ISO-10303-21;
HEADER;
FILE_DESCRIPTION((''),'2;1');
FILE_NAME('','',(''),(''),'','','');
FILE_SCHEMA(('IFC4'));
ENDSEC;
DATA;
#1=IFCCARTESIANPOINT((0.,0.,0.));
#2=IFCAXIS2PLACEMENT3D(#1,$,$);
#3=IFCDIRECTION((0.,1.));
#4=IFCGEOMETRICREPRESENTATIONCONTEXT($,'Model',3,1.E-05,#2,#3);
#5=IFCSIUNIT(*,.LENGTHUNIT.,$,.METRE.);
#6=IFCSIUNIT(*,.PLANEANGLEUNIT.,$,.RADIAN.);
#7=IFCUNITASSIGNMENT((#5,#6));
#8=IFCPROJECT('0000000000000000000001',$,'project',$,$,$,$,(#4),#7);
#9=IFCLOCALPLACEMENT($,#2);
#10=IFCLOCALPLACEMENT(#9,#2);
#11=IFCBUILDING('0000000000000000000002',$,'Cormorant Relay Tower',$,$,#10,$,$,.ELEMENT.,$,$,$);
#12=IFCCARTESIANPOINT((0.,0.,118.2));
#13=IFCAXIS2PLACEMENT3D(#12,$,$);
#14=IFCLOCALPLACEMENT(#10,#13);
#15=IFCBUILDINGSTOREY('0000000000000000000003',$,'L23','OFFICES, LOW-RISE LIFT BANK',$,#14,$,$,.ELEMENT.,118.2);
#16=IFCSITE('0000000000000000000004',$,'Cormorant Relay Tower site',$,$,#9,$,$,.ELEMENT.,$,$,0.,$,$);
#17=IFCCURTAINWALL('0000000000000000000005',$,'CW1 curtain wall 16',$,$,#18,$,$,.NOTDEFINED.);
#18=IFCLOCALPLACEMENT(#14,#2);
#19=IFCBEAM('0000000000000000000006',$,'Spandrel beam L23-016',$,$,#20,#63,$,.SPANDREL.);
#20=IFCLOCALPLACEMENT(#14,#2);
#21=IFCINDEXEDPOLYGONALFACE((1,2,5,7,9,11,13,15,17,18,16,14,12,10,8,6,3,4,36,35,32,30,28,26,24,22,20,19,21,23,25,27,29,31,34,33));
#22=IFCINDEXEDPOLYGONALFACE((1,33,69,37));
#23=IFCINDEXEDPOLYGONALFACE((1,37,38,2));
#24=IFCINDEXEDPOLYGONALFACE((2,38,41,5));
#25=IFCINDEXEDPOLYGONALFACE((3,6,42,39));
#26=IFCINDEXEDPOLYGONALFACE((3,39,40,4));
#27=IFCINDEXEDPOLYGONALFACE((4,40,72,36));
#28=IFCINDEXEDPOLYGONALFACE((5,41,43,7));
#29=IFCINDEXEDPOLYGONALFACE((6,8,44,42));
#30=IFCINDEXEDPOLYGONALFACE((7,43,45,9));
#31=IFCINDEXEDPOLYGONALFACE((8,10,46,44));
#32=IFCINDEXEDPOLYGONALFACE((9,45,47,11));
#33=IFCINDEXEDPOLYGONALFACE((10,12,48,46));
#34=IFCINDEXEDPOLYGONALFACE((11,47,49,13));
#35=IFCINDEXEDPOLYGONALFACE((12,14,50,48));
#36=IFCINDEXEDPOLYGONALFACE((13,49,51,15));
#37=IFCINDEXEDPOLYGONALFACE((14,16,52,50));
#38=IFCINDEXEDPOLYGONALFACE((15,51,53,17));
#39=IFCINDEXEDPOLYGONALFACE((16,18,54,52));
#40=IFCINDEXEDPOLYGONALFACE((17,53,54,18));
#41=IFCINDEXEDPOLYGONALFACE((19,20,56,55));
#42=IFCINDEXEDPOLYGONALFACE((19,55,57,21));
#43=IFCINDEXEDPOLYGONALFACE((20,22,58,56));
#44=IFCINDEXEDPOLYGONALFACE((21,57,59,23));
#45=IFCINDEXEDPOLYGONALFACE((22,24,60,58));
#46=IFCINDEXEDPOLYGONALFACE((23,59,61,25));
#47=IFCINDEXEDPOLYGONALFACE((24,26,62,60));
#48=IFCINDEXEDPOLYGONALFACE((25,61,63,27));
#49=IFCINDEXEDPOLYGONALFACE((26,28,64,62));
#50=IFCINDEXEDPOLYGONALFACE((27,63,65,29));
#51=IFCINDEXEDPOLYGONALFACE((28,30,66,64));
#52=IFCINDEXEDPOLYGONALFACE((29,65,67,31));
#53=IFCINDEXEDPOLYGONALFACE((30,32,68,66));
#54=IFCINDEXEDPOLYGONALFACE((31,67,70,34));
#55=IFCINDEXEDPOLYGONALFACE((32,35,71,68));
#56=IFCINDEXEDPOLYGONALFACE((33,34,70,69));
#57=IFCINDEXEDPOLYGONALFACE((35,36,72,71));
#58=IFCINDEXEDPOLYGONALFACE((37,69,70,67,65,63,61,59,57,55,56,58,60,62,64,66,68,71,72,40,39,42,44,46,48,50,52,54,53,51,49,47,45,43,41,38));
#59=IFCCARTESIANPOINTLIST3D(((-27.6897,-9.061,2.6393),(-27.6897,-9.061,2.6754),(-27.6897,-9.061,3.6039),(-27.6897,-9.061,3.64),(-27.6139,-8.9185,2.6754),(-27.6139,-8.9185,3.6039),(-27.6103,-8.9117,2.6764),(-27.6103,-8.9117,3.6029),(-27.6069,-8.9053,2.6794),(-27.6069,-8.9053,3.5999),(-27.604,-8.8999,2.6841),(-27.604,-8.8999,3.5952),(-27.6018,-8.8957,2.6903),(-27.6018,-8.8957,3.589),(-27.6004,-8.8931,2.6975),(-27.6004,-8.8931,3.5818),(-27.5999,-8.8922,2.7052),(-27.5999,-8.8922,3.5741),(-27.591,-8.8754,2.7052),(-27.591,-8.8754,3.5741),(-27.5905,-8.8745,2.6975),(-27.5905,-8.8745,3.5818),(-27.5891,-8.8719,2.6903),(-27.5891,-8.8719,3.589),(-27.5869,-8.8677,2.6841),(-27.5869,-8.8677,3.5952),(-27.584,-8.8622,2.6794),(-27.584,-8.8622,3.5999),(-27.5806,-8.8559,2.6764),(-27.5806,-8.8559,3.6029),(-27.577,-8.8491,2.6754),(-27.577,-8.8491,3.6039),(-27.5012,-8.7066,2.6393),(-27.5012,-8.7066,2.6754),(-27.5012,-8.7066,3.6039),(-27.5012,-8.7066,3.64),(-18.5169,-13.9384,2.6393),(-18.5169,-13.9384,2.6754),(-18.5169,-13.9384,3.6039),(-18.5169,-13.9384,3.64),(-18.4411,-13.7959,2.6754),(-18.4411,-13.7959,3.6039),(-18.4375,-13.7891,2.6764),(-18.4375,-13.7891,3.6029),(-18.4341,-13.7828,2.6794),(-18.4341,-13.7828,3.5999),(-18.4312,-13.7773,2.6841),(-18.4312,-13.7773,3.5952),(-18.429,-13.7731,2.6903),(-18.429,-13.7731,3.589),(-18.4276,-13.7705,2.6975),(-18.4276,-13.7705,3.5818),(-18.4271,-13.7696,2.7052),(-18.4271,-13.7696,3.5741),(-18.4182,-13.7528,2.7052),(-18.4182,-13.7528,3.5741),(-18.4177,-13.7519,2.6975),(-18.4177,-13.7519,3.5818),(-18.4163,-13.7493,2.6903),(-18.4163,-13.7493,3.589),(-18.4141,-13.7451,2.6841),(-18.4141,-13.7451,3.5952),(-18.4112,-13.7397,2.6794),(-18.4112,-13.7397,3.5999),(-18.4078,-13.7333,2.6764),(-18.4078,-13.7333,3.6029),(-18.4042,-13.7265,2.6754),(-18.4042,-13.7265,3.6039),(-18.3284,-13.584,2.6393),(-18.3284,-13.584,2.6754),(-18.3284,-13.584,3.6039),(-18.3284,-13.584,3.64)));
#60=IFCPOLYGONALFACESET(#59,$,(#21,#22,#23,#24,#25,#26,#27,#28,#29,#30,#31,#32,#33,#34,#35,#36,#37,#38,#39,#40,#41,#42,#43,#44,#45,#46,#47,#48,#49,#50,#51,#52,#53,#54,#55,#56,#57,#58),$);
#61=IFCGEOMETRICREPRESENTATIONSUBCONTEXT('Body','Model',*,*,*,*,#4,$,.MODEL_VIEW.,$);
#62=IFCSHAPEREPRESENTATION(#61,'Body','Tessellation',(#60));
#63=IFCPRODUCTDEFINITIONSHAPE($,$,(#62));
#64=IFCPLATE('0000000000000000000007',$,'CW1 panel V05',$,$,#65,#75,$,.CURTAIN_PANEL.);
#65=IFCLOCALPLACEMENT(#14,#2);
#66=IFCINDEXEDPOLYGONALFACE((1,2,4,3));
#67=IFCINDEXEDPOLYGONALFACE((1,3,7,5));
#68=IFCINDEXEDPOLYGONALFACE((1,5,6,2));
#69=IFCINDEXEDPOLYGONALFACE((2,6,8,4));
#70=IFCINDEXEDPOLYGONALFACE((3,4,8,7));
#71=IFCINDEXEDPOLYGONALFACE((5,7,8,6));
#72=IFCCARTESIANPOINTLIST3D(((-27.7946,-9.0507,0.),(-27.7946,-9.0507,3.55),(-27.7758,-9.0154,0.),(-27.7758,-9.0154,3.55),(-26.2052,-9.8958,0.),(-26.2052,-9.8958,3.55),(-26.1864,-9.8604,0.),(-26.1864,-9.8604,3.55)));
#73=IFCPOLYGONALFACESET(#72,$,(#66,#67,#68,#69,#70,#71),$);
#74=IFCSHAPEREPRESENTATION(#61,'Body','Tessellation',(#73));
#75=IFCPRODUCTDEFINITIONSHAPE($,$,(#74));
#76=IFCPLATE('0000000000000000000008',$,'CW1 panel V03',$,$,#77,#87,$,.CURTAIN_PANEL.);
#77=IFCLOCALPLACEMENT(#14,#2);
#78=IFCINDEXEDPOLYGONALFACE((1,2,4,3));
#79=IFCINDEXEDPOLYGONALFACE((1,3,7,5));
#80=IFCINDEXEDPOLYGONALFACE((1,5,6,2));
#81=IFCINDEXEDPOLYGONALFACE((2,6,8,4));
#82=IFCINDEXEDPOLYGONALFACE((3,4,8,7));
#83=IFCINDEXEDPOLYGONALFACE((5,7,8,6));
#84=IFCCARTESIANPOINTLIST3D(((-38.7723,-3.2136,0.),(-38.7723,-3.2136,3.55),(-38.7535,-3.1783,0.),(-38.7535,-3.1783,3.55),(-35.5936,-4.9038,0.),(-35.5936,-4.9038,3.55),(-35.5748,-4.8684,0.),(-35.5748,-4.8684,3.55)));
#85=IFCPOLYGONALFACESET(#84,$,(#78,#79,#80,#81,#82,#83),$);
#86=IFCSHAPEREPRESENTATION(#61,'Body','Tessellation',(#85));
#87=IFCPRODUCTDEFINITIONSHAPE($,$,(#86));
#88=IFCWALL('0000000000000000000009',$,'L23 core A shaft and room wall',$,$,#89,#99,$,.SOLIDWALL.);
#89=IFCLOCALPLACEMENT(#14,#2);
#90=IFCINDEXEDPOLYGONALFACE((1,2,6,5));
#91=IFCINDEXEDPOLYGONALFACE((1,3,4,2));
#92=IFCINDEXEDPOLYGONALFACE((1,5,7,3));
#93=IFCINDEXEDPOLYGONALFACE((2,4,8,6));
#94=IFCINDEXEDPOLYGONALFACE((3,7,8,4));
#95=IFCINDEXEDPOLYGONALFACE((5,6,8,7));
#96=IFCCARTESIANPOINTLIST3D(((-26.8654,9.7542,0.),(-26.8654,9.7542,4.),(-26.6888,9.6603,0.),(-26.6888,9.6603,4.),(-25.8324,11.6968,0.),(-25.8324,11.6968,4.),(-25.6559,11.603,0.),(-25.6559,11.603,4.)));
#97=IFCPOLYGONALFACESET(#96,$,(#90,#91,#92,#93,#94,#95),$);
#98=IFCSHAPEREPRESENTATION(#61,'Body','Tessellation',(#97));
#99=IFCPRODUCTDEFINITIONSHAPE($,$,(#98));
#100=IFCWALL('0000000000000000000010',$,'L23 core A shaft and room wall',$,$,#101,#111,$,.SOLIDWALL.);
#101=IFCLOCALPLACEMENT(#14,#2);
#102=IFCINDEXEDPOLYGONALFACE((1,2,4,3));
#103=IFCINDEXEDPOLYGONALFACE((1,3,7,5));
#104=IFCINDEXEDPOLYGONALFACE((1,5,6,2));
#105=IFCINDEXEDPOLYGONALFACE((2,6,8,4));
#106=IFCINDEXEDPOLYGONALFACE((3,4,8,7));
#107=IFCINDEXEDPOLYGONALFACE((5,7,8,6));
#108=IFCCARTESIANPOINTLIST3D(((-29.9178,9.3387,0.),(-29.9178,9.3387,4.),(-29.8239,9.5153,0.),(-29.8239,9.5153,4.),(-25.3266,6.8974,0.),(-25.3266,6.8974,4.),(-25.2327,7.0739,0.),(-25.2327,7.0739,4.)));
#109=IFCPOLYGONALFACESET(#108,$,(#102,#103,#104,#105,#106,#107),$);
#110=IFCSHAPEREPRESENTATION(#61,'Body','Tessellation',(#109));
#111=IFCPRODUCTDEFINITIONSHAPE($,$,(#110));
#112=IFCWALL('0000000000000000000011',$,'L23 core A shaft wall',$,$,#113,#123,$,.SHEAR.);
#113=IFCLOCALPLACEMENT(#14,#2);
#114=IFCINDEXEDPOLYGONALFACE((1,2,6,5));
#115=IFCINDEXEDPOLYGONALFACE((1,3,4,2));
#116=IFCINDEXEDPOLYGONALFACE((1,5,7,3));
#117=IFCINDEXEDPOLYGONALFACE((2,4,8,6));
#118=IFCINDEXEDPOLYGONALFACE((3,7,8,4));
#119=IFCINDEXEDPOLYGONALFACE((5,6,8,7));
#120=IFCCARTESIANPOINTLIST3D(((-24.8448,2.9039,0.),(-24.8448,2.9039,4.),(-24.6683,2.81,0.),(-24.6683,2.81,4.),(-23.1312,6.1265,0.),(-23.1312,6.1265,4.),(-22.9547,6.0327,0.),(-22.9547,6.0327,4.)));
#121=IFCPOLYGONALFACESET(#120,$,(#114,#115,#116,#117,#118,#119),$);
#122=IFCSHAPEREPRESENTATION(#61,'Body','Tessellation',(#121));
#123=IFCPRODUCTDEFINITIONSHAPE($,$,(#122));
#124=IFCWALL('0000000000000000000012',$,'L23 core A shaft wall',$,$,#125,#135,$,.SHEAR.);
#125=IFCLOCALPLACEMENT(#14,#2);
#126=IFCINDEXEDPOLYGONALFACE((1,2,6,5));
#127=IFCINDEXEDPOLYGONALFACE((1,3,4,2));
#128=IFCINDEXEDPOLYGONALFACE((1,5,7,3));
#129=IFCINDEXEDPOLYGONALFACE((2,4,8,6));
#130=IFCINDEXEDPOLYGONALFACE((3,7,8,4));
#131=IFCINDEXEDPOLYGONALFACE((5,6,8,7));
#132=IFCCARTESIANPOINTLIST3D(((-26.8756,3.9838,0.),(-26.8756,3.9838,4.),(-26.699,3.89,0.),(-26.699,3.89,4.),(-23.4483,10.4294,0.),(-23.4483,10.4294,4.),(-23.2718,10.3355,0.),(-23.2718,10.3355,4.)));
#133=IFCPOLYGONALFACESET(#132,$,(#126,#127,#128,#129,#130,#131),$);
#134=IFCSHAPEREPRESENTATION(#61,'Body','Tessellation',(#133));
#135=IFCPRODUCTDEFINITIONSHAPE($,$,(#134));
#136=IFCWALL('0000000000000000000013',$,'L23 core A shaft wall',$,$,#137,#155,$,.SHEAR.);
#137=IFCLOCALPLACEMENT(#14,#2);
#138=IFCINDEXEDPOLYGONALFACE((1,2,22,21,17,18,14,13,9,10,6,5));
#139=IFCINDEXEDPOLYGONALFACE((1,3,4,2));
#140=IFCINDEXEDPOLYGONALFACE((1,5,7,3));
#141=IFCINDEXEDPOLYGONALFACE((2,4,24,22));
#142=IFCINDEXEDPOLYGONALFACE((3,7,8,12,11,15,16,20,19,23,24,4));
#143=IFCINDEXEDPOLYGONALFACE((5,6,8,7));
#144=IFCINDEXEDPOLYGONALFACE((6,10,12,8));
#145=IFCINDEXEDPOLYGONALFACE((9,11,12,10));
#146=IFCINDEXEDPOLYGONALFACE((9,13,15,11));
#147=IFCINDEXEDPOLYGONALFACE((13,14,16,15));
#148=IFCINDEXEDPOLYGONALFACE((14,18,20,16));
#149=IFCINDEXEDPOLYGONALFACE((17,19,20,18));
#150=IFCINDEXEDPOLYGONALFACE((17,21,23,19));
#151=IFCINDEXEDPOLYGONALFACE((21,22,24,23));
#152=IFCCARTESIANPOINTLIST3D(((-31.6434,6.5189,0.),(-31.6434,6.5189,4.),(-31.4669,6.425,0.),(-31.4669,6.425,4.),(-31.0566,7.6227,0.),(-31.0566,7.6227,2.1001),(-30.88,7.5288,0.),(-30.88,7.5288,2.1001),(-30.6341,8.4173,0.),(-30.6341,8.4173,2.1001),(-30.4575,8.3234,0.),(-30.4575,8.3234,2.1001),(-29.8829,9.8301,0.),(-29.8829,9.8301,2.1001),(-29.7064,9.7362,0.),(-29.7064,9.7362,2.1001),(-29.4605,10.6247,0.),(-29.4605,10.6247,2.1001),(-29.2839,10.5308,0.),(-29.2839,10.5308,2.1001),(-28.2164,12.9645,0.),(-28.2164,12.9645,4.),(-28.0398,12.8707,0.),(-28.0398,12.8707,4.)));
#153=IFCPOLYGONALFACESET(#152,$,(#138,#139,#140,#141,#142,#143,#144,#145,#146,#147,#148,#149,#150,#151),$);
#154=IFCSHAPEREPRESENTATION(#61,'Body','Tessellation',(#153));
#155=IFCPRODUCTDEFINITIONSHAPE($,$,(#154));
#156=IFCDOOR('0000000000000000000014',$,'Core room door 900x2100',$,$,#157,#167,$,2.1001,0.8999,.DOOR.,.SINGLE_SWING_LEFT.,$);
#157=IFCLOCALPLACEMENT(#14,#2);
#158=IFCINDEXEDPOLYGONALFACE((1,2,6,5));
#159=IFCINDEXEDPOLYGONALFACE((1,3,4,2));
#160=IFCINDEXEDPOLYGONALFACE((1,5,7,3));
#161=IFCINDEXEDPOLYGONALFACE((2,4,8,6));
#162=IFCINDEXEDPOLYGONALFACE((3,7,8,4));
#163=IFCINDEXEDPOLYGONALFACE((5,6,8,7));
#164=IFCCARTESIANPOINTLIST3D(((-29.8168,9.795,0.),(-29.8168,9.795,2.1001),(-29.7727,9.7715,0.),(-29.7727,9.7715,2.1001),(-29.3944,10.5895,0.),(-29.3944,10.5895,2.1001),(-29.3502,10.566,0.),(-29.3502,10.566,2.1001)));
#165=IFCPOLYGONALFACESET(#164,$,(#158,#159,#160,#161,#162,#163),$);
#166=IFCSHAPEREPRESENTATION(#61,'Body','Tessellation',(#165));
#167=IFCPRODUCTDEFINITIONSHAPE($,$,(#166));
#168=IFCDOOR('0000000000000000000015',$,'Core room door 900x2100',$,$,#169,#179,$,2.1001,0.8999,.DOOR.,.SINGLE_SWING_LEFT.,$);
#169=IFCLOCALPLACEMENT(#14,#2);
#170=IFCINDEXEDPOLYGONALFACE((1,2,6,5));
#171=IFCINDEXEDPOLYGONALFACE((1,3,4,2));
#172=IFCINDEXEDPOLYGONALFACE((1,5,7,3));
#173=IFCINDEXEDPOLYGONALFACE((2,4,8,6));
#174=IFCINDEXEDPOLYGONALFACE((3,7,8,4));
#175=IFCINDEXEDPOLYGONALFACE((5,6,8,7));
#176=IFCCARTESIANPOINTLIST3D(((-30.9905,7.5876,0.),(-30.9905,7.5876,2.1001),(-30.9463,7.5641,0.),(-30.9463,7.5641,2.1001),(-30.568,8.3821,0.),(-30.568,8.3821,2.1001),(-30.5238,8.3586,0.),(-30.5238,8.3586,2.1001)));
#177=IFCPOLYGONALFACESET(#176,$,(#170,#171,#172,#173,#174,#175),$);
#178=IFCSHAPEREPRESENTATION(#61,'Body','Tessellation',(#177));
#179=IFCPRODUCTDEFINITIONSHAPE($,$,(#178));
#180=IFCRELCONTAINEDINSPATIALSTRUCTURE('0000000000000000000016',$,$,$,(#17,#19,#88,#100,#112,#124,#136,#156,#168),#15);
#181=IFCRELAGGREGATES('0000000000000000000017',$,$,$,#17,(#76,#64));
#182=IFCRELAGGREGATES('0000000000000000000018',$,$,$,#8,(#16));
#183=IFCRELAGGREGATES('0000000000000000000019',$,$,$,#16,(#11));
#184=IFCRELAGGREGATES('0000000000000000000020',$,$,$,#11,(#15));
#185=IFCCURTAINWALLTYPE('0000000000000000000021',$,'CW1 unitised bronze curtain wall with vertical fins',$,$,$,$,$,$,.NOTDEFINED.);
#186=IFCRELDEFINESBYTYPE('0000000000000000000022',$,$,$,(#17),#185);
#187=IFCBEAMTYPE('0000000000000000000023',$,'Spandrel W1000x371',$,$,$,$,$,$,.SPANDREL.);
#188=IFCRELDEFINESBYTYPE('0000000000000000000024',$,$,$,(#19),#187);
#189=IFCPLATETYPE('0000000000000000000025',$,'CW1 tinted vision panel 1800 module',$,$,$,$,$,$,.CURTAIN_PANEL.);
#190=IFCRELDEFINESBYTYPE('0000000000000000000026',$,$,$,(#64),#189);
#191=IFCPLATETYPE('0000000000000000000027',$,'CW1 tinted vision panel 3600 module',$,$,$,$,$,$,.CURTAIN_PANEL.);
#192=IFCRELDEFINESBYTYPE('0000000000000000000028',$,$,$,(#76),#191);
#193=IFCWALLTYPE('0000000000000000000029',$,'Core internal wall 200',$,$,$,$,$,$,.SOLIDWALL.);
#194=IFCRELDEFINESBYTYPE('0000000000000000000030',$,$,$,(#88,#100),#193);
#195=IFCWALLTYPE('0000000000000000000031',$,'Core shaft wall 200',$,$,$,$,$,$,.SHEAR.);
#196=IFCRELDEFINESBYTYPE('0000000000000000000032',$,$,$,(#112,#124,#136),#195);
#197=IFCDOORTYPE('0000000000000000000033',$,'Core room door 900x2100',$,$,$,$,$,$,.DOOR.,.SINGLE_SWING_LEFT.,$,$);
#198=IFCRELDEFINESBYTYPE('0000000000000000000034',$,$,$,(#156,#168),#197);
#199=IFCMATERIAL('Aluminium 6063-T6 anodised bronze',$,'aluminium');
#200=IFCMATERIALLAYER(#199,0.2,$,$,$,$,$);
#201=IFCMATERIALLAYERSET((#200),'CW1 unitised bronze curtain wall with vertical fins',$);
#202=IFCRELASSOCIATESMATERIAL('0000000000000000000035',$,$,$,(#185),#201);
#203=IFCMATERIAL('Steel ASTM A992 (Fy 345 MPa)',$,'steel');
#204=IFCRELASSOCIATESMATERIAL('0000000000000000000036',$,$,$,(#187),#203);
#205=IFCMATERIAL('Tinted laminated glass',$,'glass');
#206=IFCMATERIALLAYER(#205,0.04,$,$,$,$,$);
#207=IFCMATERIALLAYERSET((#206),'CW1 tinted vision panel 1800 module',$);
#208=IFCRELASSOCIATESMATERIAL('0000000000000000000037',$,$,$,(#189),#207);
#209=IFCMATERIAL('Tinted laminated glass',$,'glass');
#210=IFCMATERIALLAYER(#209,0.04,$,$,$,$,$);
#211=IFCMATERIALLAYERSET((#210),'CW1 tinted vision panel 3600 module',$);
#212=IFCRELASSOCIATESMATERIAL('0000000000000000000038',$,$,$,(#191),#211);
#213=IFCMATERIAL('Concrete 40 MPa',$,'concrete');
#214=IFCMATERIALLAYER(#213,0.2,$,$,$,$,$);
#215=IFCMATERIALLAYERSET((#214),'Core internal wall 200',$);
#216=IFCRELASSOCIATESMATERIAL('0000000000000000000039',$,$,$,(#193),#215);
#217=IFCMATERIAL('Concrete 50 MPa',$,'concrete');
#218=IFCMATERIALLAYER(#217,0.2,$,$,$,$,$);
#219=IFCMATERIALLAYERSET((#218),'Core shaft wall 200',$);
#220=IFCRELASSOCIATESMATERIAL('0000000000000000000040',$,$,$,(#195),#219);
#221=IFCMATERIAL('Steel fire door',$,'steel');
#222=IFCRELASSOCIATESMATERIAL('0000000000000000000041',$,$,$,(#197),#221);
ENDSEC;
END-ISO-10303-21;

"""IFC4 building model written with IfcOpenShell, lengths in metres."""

from ifc_helpers import new_model, si_unit, direction, frame, frame_2d, origin, origin_2d, place, context, subcontext, project, spatial, rectangle, i_section, extrude, material, layer, layer_set, material_profile, profile_set, type_object, element, fill, aggregate, save


model = new_model("IFC4")

# Units and contexts
model_context = context("Model", 3, precision=1e-05, world=origin(), true_north=direction((0.0, 1.0)))
body_context = subcontext(model_context, "Body", "Model", "MODEL_VIEW")
ifc_project = project(units=[si_unit("LENGTHUNIT", "METRE"), si_unit("PLANEANGLEUNIT", "RADIAN")], contexts=[model_context])

# Site, building, storey
site_placement = place(None, origin())
site = spatial("IfcSite", under=ifc_project, at=site_placement, Name="Cormorant Relay Tower site", CompositionType="ELEMENT", RefElevation=0.0)
building_placement = place(site_placement, origin())
building = spatial("IfcBuilding", under=site, at=building_placement, Name="Cormorant Relay Tower", CompositionType="ELEMENT")
storey_placement = place(building_placement, frame((0.0, 0.0, 118.2)))
storey = spatial("IfcBuildingStorey", under=building, at=storey_placement, Name="L23", Description="OFFICES, LOW-RISE LIFT BANK", CompositionType="ELEMENT", Elevation=118.2)

# Curtain wall
ifc_material_1 = material(Name="Aluminium 6063-T6 anodised bronze", Category="aluminium")
ifc_layer_1 = layer(ifc_material_1, 0.2)
ifc_layer_set_1 = layer_set([ifc_layer_1], Name="CW1 unitised bronze curtain wall with vertical fins")
curtain_wall_type = type_object("IfcCurtainWallType", Name="CW1 unitised bronze curtain wall with vertical fins", PredefinedType="NOTDEFINED", material=ifc_layer_set_1)
curtain_wall_placement = place(storey_placement, origin())
curtain_wall = element("IfcCurtainWall", 1, at=curtain_wall_placement, inside=storey, type_object=curtain_wall_type, Name="CW1 curtain wall 16", PredefinedType="NOTDEFINED")

# Beam
ifc_material_2 = material(Name="Steel ASTM A992 (Fy 345 MPa)", Category="steel")
ifc_material_profile_1 = material_profile(ifc_material_2, i_section(OverallWidth=0.4014, OverallDepth=1.0007, WebThickness=0.019, FlangeThickness=0.0361, FilletRadius=0.0298, at=origin_2d()), Name="W1000x371")
ifc_profile_set_1 = profile_set([ifc_material_profile_1], Name="Steel ASTM A992 (Fy 345 MPa)")
beam_type = type_object("IfcBeamType", Name="Spandrel W1000x371", PredefinedType="SPANDREL", material=ifc_profile_set_1)
beam_placement = place(storey_placement, frame((-27.5955, -8.8838, 3.1396), z_axis=(0.882942, -0.469483, 0.0), x_axis=(0.469483, 0.882942, 0.0)))
element("IfcBeam", 2, at=beam_placement, inside=storey, type_object=beam_type, Name="Spandrel beam L23-016", PredefinedType="SPANDREL", context=body_context, shape_type="SweptSolid", body=[
    extrude(i_section(OverallWidth=0.4014, OverallDepth=1.0007, WebThickness=0.019, FlangeThickness=0.0361, FilletRadius=0.0298, at=origin_2d()), origin(), (0.0, 0.0, 1.0), 10.3889),
])

# Plates
ifc_material_3 = material(Name="Tinted laminated glass", Category="glass")
ifc_layer_2 = layer(ifc_material_3, 0.04)
ifc_layer_set_2 = layer_set([ifc_layer_2], Name="CW1 tinted vision panel 1800 module")
plate_type_1 = type_object("IfcPlateType", Name="CW1 tinted vision panel 1800 module", PredefinedType="CURTAIN_PANEL", material=ifc_layer_set_2)
plate_1_placement = place(storey_placement, frame((-26.9905, -9.4556, 0.0), z_axis=(0.0, 0.0, 1.0), x_axis=(0.882948, -0.469472, 0.0)))
plate_1 = element("IfcPlate", 3, at=plate_1_placement, type_object=plate_type_1, Name="CW1 panel V05", PredefinedType="CURTAIN_PANEL", context=body_context, shape_type="SweptSolid", body=[
    extrude(rectangle(XDim=1.8, YDim=0.04, at=origin_2d()), origin(), (0.0, 0.0, 1.0), 3.55),
])
ifc_material_4 = material(Name="Tinted laminated glass", Category="glass")
ifc_layer_3 = layer(ifc_material_4, 0.04)
ifc_layer_set_3 = layer_set([ifc_layer_3], Name="CW1 tinted vision panel 3600 module")
plate_type_2 = type_object("IfcPlateType", Name="CW1 tinted vision panel 3600 module", PredefinedType="CURTAIN_PANEL", material=ifc_layer_set_3)
plate_2_placement = place(storey_placement, frame((-37.1736, -4.041, 0.0), z_axis=(0.0, 0.0, 1.0), x_axis=(0.882948, -0.469472, 0.0)))
plate_2 = element("IfcPlate", 4, at=plate_2_placement, type_object=plate_type_2, Name="CW1 panel V03", PredefinedType="CURTAIN_PANEL", context=body_context, shape_type="SweptSolid", body=[
    extrude(rectangle(XDim=3.6001, YDim=0.04, at=origin_2d()), origin(), (0.0, 0.0, 1.0), 3.55),
])

# Walls
ifc_material_5 = material(Name="Concrete 40 MPa", Category="concrete")
ifc_layer_4 = layer(ifc_material_5, 0.2)
ifc_layer_set_4 = layer_set([ifc_layer_4], Name="Core internal wall 200")
wall_type_1 = type_object("IfcWallType", Name="Core internal wall 200", PredefinedType="SOLIDWALL", material=ifc_layer_set_4)
wall_1_placement = place(storey_placement, frame((-25.7441, 11.6499, 0.0), z_axis=(0.0, 0.0, 1.0), x_axis=(-0.469488, -0.882939, 0.0)))
element("IfcWall", 5, at=wall_1_placement, inside=storey, type_object=wall_type_1, Name="L23 core A shaft and room wall", PredefinedType="SOLIDWALL", context=body_context, shape_type="SweptSolid", body=[
    extrude(rectangle(XDim=2.2002, YDim=0.2, at=frame_2d((1.1001, 0.0))), origin(), (0.0, 0.0, 1.0), 4.0),
])
wall_2_placement = place(storey_placement, frame((-25.2795, 6.9856, 0.0), z_axis=(0.0, 0.0, 1.0), x_axis=(-0.882935, 0.469496, 0.0)))
element("IfcWall", 6, at=wall_2_placement, inside=storey, type_object=wall_type_1, Name="L23 core A shaft and room wall", PredefinedType="SOLIDWALL", context=body_context, shape_type="SweptSolid", body=[
    extrude(rectangle(XDim=5.2, YDim=0.2, at=frame_2d((2.6001, 0.0))), origin(), (0.0, 0.0, 1.0), 4.0),
])
ifc_material_6 = material(Name="Concrete 50 MPa", Category="concrete")
ifc_layer_5 = layer(ifc_material_6, 0.2)
ifc_layer_set_5 = layer_set([ifc_layer_5], Name="Core shaft wall 200")
wall_type_2 = type_object("IfcWallType", Name="Core shaft wall 200", PredefinedType="SHEAR", material=ifc_layer_set_5)
wall_3_placement = place(storey_placement, frame((-23.043, 6.0796, 0.0), z_axis=(0.0, 0.0, 1.0), x_axis=(-0.469494, -0.882936, 0.0)))
element("IfcWall", 7, at=wall_3_placement, inside=storey, type_object=wall_type_2, Name="L23 core A shaft wall", PredefinedType="SHEAR", context=body_context, shape_type="SweptSolid", body=[
    extrude(rectangle(XDim=3.6499, YDim=0.2, at=frame_2d((1.825, 0.0))), origin(), (0.0, 0.0, 1.0), 4.0),
])
wall_4_placement = place(storey_placement, frame((-23.3601, 10.3823, 0.0), z_axis=(0.0, 0.0, 1.0), x_axis=(-0.46948, -0.882943, 0.0)))
element("IfcWall", 8, at=wall_4_placement, inside=storey, type_object=wall_type_2, Name="L23 core A shaft wall", PredefinedType="SHEAR", context=body_context, shape_type="SweptSolid", body=[
    extrude(rectangle(XDim=7.3, YDim=0.2, at=frame_2d((3.6499, 0.0))), origin(), (0.0, 0.0, 1.0), 4.0),
])

# Wall, openings, doors
wall_5_placement = place(storey_placement, frame((-28.1282, 12.9175, 0.0), z_axis=(0.0, 0.0, 1.0), x_axis=(-0.469454, -0.882957, 0.0)))
wall_5 = element("IfcWall", 9, at=wall_5_placement, inside=storey, type_object=wall_type_2, Name="L23 core A shaft wall", PredefinedType="SHEAR", context=body_context, shape_type="SweptSolid", body=[
    extrude(rectangle(XDim=7.3, YDim=0.2, at=frame_2d((3.6499, 0.0))), origin(), (0.0, 0.0, 1.0), 4.0),
])
opening_1_placement = place(wall_5_placement, frame((2.6499, 0.0, 0.0)))
opening_1 = element("IfcOpeningElement", 10, at=opening_1_placement, cuts=wall_5, PredefinedType="OPENING", context=body_context, shape_type="SweptSolid", body=[
    extrude(rectangle(XDim=0.8999, YDim=2.1001, at=frame_2d((0.45, 1.05))), frame((0.0, 0.1099, 0.0), z_axis=(0.0, -1.0, 0.0), x_axis=(1.0, 0.0, 0.0)), (0.0, 0.0, 1.0), 0.22),
])
opening_2_placement = place(wall_5_placement, frame((5.1499, 0.0, 0.0)))
opening_2 = element("IfcOpeningElement", 11, at=opening_2_placement, cuts=wall_5, PredefinedType="OPENING", context=body_context, shape_type="SweptSolid", body=[
    extrude(rectangle(XDim=0.8999, YDim=2.1001, at=frame_2d((0.45, 1.05))), frame((0.0, 0.1099, 0.0), z_axis=(0.0, -1.0, 0.0), x_axis=(1.0, 0.0, 0.0)), (0.0, 0.0, 1.0), 0.22),
])
ifc_material_7 = material(Name="Steel fire door", Category="steel")
door_type = type_object("IfcDoorType", Name="Core room door 900x2100", OperationType="SINGLE_SWING_LEFT", PredefinedType="DOOR", material=ifc_material_7)
door_1_placement = place(opening_1_placement, origin())
door_1 = element("IfcDoor", 12, at=door_1_placement, inside=storey, type_object=door_type, Name="Core room door 900x2100", OperationType="SINGLE_SWING_LEFT", OverallHeight=2.1001, OverallWidth=0.8999, PredefinedType="DOOR", context=body_context, shape_type="SweptSolid", body=[
    extrude(rectangle(XDim=0.8999, YDim=2.1001, at=frame_2d((0.45, 1.05))), frame((0.0, 0.0249, 0.0), z_axis=(0.0, -1.0, 0.0), x_axis=(1.0, 0.0, 0.0)), (0.0, 0.0, 1.0), 0.05),
])
fill(opening_1, door_1)
door_2_placement = place(opening_2_placement, origin())
door_2 = element("IfcDoor", 13, at=door_2_placement, inside=storey, type_object=door_type, Name="Core room door 900x2100", OperationType="SINGLE_SWING_LEFT", OverallHeight=2.1001, OverallWidth=0.8999, PredefinedType="DOOR", context=body_context, shape_type="SweptSolid", body=[
    extrude(rectangle(XDim=0.8999, YDim=2.1001, at=frame_2d((0.45, 1.05))), frame((0.0, 0.0249, 0.0), z_axis=(0.0, -1.0, 0.0), x_axis=(1.0, 0.0, 0.0)), (0.0, 0.0, 1.0), 0.05),
])
fill(opening_2, door_2)

aggregate(curtain_wall, [plate_2, plate_1])

save(model, "model.ifc")
